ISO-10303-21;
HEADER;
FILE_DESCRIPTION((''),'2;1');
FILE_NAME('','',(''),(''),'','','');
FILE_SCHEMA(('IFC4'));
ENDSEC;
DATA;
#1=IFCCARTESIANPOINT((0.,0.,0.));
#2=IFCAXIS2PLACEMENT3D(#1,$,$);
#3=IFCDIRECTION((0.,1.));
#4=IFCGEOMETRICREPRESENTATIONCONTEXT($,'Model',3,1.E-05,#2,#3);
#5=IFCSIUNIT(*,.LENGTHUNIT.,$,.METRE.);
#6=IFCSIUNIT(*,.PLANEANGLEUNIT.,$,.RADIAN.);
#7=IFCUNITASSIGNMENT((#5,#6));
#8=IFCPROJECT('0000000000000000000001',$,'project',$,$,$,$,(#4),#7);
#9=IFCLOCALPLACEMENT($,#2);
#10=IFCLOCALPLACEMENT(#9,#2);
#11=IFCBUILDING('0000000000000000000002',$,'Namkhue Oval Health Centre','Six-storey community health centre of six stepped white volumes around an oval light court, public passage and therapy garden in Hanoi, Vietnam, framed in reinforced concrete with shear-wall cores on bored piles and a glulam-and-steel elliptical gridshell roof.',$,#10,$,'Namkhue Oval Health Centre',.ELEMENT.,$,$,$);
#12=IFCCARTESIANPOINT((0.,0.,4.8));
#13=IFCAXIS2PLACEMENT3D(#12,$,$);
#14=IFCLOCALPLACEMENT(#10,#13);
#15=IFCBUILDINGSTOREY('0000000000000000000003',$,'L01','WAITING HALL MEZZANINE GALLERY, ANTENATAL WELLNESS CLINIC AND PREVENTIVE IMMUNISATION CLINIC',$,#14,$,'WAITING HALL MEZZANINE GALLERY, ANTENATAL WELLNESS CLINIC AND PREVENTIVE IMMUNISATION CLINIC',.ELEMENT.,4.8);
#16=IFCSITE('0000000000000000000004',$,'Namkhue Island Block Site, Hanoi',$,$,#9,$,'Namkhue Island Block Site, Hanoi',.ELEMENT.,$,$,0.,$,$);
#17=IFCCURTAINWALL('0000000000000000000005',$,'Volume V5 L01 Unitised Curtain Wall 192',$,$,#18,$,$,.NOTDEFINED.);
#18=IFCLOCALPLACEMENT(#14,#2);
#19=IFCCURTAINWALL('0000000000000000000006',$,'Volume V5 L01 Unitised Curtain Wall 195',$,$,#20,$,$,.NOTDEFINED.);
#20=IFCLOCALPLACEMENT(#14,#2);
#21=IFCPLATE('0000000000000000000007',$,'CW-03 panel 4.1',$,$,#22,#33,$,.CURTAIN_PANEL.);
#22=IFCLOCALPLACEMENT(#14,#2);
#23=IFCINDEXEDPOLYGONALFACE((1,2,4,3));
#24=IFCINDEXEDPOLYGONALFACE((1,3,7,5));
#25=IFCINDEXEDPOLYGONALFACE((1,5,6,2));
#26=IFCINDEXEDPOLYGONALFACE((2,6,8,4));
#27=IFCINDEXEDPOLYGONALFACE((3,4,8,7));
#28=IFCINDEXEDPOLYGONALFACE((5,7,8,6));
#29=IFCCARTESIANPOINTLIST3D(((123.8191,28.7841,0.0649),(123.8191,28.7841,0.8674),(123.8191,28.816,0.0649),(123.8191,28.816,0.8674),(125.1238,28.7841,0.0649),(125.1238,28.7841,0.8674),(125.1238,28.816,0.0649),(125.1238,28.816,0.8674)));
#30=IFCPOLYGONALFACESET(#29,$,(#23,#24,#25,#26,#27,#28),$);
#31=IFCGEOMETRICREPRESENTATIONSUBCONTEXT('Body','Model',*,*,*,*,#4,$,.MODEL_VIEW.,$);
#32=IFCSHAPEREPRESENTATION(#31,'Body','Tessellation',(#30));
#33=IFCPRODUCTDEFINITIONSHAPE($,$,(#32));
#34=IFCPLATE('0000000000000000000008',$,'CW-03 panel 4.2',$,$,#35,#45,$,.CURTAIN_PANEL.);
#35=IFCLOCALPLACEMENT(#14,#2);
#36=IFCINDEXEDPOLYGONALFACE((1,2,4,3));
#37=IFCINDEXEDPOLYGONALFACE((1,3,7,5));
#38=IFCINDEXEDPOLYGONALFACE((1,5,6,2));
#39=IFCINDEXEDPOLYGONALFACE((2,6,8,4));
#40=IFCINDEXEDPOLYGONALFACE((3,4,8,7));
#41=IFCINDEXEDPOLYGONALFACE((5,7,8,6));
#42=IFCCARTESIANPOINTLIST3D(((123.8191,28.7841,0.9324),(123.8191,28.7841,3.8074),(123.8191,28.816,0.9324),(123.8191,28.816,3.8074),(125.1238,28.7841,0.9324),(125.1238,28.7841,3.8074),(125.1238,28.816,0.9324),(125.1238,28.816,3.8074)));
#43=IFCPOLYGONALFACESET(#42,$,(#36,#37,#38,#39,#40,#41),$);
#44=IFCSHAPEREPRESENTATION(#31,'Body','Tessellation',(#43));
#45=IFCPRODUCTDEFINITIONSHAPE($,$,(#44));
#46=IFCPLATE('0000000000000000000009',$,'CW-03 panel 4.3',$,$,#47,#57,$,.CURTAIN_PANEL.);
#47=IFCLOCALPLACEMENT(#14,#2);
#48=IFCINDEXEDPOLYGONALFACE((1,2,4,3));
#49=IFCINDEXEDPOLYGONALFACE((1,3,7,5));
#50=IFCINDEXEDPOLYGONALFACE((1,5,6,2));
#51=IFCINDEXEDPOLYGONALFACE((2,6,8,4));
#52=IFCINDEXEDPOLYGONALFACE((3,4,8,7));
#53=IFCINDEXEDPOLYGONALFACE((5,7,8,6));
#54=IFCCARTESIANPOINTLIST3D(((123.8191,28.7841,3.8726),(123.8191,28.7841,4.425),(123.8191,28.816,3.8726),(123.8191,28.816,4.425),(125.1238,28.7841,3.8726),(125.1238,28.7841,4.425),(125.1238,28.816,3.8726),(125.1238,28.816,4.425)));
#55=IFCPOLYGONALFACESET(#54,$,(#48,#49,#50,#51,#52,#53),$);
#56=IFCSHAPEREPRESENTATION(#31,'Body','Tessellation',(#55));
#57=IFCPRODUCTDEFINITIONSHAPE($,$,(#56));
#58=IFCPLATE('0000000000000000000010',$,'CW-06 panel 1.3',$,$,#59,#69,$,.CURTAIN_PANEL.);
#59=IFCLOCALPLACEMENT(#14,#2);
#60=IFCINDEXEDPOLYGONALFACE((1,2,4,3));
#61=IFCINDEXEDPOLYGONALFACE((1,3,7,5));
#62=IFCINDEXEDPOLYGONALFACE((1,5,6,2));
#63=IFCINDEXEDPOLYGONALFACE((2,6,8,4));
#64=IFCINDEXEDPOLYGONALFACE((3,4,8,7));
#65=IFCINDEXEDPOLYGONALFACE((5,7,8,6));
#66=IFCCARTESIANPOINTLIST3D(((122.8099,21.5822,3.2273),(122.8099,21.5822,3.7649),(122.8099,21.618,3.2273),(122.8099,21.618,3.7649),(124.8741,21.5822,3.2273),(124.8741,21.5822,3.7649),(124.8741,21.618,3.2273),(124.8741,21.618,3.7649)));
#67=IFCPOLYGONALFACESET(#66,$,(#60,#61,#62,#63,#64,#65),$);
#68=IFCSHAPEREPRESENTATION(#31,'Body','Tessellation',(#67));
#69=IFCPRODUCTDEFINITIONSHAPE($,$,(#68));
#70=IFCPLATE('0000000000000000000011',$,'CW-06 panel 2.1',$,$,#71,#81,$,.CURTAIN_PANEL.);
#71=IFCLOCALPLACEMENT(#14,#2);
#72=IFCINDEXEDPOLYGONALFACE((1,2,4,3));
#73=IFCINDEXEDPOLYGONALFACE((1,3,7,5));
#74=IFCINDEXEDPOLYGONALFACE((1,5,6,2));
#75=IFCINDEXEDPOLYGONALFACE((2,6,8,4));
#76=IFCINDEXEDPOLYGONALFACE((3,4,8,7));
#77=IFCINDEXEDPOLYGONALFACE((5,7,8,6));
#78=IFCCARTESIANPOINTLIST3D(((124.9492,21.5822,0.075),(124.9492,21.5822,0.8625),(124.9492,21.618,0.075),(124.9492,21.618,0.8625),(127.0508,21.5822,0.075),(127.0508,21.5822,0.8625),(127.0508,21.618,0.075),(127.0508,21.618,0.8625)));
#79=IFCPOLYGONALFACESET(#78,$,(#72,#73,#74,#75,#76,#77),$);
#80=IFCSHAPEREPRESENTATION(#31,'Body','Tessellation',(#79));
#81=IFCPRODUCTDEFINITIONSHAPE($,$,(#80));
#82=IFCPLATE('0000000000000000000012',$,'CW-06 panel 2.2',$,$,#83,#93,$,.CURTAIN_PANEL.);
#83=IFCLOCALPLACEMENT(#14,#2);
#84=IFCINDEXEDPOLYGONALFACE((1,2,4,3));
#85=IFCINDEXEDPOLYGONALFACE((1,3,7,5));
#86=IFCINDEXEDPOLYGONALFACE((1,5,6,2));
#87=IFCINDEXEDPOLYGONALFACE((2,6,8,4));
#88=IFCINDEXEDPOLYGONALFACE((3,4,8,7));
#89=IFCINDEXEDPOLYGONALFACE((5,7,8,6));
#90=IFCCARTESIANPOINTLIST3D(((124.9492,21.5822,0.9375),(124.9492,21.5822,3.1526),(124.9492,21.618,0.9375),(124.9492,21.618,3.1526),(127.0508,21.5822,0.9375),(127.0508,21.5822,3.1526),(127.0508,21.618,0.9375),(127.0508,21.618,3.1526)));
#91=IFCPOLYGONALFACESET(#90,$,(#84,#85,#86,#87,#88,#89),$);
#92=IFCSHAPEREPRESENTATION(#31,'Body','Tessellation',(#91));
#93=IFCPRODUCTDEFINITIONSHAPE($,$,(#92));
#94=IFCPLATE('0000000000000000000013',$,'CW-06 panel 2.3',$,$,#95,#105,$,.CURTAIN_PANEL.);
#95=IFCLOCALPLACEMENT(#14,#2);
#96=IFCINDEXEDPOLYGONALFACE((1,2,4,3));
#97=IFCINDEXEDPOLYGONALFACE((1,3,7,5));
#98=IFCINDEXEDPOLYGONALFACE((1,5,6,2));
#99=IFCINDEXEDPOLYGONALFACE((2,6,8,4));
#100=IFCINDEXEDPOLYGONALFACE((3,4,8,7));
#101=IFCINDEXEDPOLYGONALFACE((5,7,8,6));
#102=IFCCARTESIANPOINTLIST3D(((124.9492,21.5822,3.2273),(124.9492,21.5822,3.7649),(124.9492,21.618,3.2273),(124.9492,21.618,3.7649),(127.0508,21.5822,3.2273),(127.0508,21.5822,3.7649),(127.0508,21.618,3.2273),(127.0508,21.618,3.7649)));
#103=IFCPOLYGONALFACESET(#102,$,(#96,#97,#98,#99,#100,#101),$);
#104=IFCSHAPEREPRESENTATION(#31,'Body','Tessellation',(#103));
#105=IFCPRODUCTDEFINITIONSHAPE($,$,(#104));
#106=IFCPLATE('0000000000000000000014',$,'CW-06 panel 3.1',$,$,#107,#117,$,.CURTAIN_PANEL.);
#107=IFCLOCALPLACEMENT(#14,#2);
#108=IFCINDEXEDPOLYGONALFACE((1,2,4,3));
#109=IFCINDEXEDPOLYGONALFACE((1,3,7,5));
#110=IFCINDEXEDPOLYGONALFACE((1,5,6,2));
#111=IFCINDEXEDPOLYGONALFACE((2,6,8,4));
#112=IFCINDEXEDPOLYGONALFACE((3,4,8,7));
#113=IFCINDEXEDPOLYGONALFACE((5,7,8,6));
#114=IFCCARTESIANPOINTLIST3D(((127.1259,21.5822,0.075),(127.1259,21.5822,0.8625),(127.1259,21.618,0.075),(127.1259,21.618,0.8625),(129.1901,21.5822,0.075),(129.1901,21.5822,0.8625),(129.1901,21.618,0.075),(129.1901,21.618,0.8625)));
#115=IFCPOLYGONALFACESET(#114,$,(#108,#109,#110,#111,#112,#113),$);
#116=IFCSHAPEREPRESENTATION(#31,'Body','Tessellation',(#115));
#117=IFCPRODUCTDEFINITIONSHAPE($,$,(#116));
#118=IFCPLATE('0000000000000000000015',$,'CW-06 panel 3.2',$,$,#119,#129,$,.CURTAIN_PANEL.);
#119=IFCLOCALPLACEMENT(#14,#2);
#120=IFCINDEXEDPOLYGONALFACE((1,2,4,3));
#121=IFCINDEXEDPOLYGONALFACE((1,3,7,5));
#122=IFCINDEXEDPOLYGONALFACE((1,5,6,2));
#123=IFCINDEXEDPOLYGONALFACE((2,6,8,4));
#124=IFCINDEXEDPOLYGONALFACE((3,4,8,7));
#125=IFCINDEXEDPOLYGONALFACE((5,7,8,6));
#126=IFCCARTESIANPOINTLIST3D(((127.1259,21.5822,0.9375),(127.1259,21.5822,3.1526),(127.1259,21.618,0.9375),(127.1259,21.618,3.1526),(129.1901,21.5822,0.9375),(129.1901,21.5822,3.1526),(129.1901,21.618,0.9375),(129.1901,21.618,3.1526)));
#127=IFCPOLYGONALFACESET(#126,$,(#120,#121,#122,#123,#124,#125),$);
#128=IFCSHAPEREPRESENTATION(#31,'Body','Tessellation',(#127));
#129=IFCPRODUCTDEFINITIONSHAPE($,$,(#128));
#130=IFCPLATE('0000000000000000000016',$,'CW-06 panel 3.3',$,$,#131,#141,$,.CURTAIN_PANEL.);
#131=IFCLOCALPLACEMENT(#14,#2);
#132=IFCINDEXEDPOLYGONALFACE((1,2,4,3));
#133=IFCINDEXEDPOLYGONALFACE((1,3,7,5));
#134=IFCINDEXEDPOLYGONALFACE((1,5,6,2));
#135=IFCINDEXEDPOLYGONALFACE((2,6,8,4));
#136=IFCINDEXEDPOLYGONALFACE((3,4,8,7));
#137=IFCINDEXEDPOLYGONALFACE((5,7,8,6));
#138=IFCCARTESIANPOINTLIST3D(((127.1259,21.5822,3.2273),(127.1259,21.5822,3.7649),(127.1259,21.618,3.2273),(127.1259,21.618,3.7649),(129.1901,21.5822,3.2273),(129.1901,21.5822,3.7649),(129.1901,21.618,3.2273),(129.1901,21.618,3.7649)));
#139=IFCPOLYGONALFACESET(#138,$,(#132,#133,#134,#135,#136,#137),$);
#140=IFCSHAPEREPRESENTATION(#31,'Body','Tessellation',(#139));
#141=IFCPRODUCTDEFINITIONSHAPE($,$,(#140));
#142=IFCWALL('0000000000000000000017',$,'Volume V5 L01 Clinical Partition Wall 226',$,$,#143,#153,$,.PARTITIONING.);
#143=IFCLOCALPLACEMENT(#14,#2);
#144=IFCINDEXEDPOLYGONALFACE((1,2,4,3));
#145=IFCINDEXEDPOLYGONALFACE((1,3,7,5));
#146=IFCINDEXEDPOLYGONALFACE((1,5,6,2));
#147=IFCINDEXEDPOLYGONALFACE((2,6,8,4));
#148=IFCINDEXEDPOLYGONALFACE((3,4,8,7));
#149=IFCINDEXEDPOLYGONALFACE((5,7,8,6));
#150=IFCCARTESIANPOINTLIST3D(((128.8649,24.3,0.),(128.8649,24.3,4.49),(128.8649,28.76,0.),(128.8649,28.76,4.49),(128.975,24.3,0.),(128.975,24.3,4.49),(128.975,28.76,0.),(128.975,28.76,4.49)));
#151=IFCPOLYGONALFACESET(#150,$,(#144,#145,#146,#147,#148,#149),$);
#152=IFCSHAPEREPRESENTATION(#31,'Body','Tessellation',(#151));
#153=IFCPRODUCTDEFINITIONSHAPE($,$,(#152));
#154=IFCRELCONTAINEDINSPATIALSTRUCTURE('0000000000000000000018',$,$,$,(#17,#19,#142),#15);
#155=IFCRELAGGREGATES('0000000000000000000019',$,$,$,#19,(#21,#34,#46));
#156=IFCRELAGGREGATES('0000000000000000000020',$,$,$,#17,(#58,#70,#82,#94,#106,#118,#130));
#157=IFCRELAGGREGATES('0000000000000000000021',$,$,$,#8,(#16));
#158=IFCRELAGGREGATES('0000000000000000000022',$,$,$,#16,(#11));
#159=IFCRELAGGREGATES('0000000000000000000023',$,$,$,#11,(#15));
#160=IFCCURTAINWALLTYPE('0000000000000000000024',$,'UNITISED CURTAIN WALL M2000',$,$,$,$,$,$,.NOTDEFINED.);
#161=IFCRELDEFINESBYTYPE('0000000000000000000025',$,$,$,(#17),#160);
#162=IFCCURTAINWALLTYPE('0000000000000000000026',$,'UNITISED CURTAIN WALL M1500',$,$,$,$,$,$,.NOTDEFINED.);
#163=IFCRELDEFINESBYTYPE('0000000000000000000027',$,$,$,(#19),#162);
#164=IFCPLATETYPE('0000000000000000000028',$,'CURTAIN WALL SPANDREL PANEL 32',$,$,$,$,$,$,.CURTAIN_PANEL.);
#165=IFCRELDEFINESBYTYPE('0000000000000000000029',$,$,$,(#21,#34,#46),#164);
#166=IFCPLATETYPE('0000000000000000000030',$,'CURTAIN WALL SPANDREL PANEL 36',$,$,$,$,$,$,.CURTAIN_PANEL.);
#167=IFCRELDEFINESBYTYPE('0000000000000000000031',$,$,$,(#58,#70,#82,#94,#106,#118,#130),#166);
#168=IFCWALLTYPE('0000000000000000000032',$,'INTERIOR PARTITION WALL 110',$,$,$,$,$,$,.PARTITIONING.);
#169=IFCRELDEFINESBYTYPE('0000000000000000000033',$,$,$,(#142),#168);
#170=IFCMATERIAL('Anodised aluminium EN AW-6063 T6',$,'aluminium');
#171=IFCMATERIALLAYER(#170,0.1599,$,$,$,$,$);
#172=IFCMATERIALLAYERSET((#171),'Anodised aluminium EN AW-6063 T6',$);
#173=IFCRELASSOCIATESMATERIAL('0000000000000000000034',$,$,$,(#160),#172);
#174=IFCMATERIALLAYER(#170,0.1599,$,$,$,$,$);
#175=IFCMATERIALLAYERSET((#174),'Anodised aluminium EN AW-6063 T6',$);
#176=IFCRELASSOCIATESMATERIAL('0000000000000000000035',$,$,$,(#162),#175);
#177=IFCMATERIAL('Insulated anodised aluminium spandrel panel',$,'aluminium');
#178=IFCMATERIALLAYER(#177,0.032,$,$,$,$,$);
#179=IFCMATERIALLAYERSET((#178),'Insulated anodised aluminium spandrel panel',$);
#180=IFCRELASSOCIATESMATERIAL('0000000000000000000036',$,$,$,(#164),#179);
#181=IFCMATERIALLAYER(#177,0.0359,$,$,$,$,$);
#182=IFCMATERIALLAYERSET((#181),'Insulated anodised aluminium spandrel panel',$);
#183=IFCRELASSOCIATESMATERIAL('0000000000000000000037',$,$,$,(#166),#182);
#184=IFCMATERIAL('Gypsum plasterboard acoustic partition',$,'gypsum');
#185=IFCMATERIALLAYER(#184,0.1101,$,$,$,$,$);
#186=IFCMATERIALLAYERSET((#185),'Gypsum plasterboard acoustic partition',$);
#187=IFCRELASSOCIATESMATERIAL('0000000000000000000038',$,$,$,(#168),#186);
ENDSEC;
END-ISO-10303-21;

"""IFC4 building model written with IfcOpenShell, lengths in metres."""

from ifc_helpers import new_model, si_unit, direction, frame, frame_2d, origin, origin_2d, place, context, subcontext, project, spatial, rectangle, extrude, material, layer, layer_set, type_object, element, aggregate, save


model = new_model("IFC4")

# Units and contexts
model_context = context("Model", 3, precision=1e-05, world=origin(), true_north=direction((0.0, 1.0)))
body_context = subcontext(model_context, "Body", "Model", "MODEL_VIEW")
ifc_project = project(units=[si_unit("LENGTHUNIT", "METRE"), si_unit("PLANEANGLEUNIT", "RADIAN")], contexts=[model_context])

# Site, building, storey
site_placement = place(None, origin())
site = spatial("IfcSite", under=ifc_project, at=site_placement, Name="Namkhue Island Block Site, Hanoi", LongName="Namkhue Island Block Site, Hanoi", CompositionType="ELEMENT", RefElevation=0.0)
building_placement = place(site_placement, origin())
building = spatial("IfcBuilding", under=site, at=building_placement, Name="Namkhue Oval Health Centre", Description="Six-storey community health centre of six stepped white volumes around an oval light court, public passage and therapy garden in Hanoi, Vietnam, framed in reinforced concrete with shear-wall cores on bored piles and a glulam-and-steel elliptical gridshell roof.", LongName="Namkhue Oval Health Centre", CompositionType="ELEMENT")
storey_placement = place(building_placement, frame((0.0, 0.0, 4.8)))
storey = spatial("IfcBuildingStorey", under=building, at=storey_placement, Name="L01", Description="WAITING HALL MEZZANINE GALLERY, ANTENATAL WELLNESS CLINIC AND PREVENTIVE IMMUNISATION CLINIC", LongName="WAITING HALL MEZZANINE GALLERY, ANTENATAL WELLNESS CLINIC AND PREVENTIVE IMMUNISATION CLINIC", CompositionType="ELEMENT", Elevation=4.8)

# Curtain wall
ifc_material_1 = material(Name="Anodised aluminium EN AW-6063 T6", Category="aluminium")
ifc_layer_1 = layer(ifc_material_1, 0.1599)
ifc_layer_set_1 = layer_set([ifc_layer_1], Name="Anodised aluminium EN AW-6063 T6")
curtain_wall_type_1 = type_object("IfcCurtainWallType", Name="UNITISED CURTAIN WALL M2000", PredefinedType="NOTDEFINED", material=ifc_layer_set_1)
curtain_wall_1_placement = place(storey_placement, origin())
curtain_wall_1 = element("IfcCurtainWall", 1, at=curtain_wall_1_placement, inside=storey, type_object=curtain_wall_type_1, Name="Volume V5 L01 Unitised Curtain Wall 192", PredefinedType="NOTDEFINED")

# Curtain wall, plates
ifc_layer_2 = layer(ifc_material_1, 0.1599)
ifc_layer_set_2 = layer_set([ifc_layer_2], Name="Anodised aluminium EN AW-6063 T6")
curtain_wall_type_2 = type_object("IfcCurtainWallType", Name="UNITISED CURTAIN WALL M1500", PredefinedType="NOTDEFINED", material=ifc_layer_set_2)
curtain_wall_2_placement = place(storey_placement, origin())
curtain_wall_2 = element("IfcCurtainWall", 2, at=curtain_wall_2_placement, inside=storey, type_object=curtain_wall_type_2, Name="Volume V5 L01 Unitised Curtain Wall 195", PredefinedType="NOTDEFINED")
ifc_material_2 = material(Name="Insulated anodised aluminium spandrel panel", Category="aluminium")
ifc_layer_3 = layer(ifc_material_2, 0.032)
ifc_layer_set_3 = layer_set([ifc_layer_3], Name="Insulated anodised aluminium spandrel panel")
plate_type_1 = type_object("IfcPlateType", Name="CURTAIN WALL SPANDREL PANEL 32", PredefinedType="CURTAIN_PANEL", material=ifc_layer_set_3)
plate_1_placement = place(storey_placement, frame((124.4714, 28.8, 0.0649), z_axis=(0.0, 0.0, 1.0), x_axis=(-1.0, 0.0, 0.0)))
plate_1 = element("IfcPlate", 3, at=plate_1_placement, type_object=plate_type_1, Name="CW-03 panel 4.1", PredefinedType="CURTAIN_PANEL", context=body_context, shape_type="SweptSolid", body=[
    extrude(rectangle(XDim=1.3047, YDim=0.032, at=origin_2d()), origin(), (0.0, 0.0, 1.0), 0.8025),
])
plate_2_placement = place(storey_placement, frame((124.4714, 28.8, 0.9324), z_axis=(0.0, 0.0, 1.0), x_axis=(-1.0, 0.0, 0.0)))
plate_2 = element("IfcPlate", 4, at=plate_2_placement, type_object=plate_type_1, Name="CW-03 panel 4.2", PredefinedType="CURTAIN_PANEL", context=body_context, shape_type="SweptSolid", body=[
    extrude(rectangle(XDim=1.3047, YDim=0.032, at=origin_2d()), origin(), (0.0, 0.0, 1.0), 2.875),
])
plate_3_placement = place(storey_placement, frame((124.4714, 28.8, 3.8726), z_axis=(0.0, 0.0, 1.0), x_axis=(-1.0, 0.0, 0.0)))
plate_3 = element("IfcPlate", 5, at=plate_3_placement, type_object=plate_type_1, Name="CW-03 panel 4.3", PredefinedType="CURTAIN_PANEL", context=body_context, shape_type="SweptSolid", body=[
    extrude(rectangle(XDim=1.3047, YDim=0.032, at=origin_2d()), origin(), (0.0, 0.0, 1.0), 0.5525),
])
aggregate(curtain_wall_2, [plate_1, plate_2, plate_3])

# Plates
ifc_layer_4 = layer(ifc_material_2, 0.0359)
ifc_layer_set_4 = layer_set([ifc_layer_4], Name="Insulated anodised aluminium spandrel panel")
plate_type_2 = type_object("IfcPlateType", Name="CURTAIN WALL SPANDREL PANEL 36", PredefinedType="CURTAIN_PANEL", material=ifc_layer_set_4)
plate_4_placement = place(storey_placement, frame((123.842, 21.6001, 3.2273), z_axis=(0.0, 0.0, 1.0), x_axis=(1.0, 0.0, 0.0)))
plate_4 = element("IfcPlate", 6, at=plate_4_placement, type_object=plate_type_2, Name="CW-06 panel 1.3", PredefinedType="CURTAIN_PANEL", context=body_context, shape_type="SweptSolid", body=[
    extrude(rectangle(XDim=2.0642, YDim=0.0359, at=origin_2d()), origin(), (0.0, 0.0, 1.0), 0.5376),
])
plate_5_placement = place(storey_placement, frame((126.0, 21.6001, 0.075), z_axis=(0.0, 0.0, 1.0), x_axis=(1.0, 0.0, 0.0)))
plate_5 = element("IfcPlate", 7, at=plate_5_placement, type_object=plate_type_2, Name="CW-06 panel 2.1", PredefinedType="CURTAIN_PANEL", context=body_context, shape_type="SweptSolid", body=[
    extrude(rectangle(XDim=2.1016, YDim=0.0359, at=origin_2d()), origin(), (0.0, 0.0, 1.0), 0.7876),
])
plate_6_placement = place(storey_placement, frame((126.0, 21.6001, 0.9375), z_axis=(0.0, 0.0, 1.0), x_axis=(1.0, 0.0, 0.0)))
plate_6 = element("IfcPlate", 8, at=plate_6_placement, type_object=plate_type_2, Name="CW-06 panel 2.2", PredefinedType="CURTAIN_PANEL", context=body_context, shape_type="SweptSolid", body=[
    extrude(rectangle(XDim=2.1016, YDim=0.0359, at=origin_2d()), origin(), (0.0, 0.0, 1.0), 2.2151),
])
plate_7_placement = place(storey_placement, frame((126.0, 21.6001, 3.2273), z_axis=(0.0, 0.0, 1.0), x_axis=(1.0, 0.0, 0.0)))
plate_7 = element("IfcPlate", 9, at=plate_7_placement, type_object=plate_type_2, Name="CW-06 panel 2.3", PredefinedType="CURTAIN_PANEL", context=body_context, shape_type="SweptSolid", body=[
    extrude(rectangle(XDim=2.1016, YDim=0.0359, at=origin_2d()), origin(), (0.0, 0.0, 1.0), 0.5376),
])
plate_8_placement = place(storey_placement, frame((128.158, 21.6001, 0.075), z_axis=(0.0, 0.0, 1.0), x_axis=(1.0, 0.0, 0.0)))
plate_8 = element("IfcPlate", 10, at=plate_8_placement, type_object=plate_type_2, Name="CW-06 panel 3.1", PredefinedType="CURTAIN_PANEL", context=body_context, shape_type="SweptSolid", body=[
    extrude(rectangle(XDim=2.0642, YDim=0.0359, at=origin_2d()), origin(), (0.0, 0.0, 1.0), 0.7876),
])
plate_9_placement = place(storey_placement, frame((128.158, 21.6001, 0.9375), z_axis=(0.0, 0.0, 1.0), x_axis=(1.0, 0.0, 0.0)))
plate_9 = element("IfcPlate", 11, at=plate_9_placement, type_object=plate_type_2, Name="CW-06 panel 3.2", PredefinedType="CURTAIN_PANEL", context=body_context, shape_type="SweptSolid", body=[
    extrude(rectangle(XDim=2.0642, YDim=0.0359, at=origin_2d()), origin(), (0.0, 0.0, 1.0), 2.2151),
])
plate_10_placement = place(storey_placement, frame((128.158, 21.6001, 3.2273), z_axis=(0.0, 0.0, 1.0), x_axis=(1.0, 0.0, 0.0)))
plate_10 = element("IfcPlate", 12, at=plate_10_placement, type_object=plate_type_2, Name="CW-06 panel 3.3", PredefinedType="CURTAIN_PANEL", context=body_context, shape_type="SweptSolid", body=[
    extrude(rectangle(XDim=2.0642, YDim=0.0359, at=origin_2d()), origin(), (0.0, 0.0, 1.0), 0.5376),
])
aggregate(curtain_wall_1, [plate_4, plate_5, plate_6, plate_7, plate_8, plate_9, plate_10])

# Wall
ifc_material_3 = material(Name="Gypsum plasterboard acoustic partition", Category="gypsum")
ifc_layer_5 = layer(ifc_material_3, 0.1101)
ifc_layer_set_5 = layer_set([ifc_layer_5], Name="Gypsum plasterboard acoustic partition")
wall_type = type_object("IfcWallType", Name="INTERIOR PARTITION WALL 110", PredefinedType="PARTITIONING", material=ifc_layer_set_5)
wall_placement = place(storey_placement, frame((128.9199, 24.3, 0.0), z_axis=(0.0, 0.0, 1.0), x_axis=(0.0, 1.0, 0.0)))
element("IfcWall", 13, at=wall_placement, inside=storey, type_object=wall_type, Name="Volume V5 L01 Clinical Partition Wall 226", PredefinedType="PARTITIONING", context=body_context, shape_type="SweptSolid", body=[
    extrude(rectangle(XDim=4.46, YDim=0.1101, at=frame_2d((2.23, 0.0))), origin(), (0.0, 0.0, 1.0), 4.49),
])

save(model, "model.ifc")
